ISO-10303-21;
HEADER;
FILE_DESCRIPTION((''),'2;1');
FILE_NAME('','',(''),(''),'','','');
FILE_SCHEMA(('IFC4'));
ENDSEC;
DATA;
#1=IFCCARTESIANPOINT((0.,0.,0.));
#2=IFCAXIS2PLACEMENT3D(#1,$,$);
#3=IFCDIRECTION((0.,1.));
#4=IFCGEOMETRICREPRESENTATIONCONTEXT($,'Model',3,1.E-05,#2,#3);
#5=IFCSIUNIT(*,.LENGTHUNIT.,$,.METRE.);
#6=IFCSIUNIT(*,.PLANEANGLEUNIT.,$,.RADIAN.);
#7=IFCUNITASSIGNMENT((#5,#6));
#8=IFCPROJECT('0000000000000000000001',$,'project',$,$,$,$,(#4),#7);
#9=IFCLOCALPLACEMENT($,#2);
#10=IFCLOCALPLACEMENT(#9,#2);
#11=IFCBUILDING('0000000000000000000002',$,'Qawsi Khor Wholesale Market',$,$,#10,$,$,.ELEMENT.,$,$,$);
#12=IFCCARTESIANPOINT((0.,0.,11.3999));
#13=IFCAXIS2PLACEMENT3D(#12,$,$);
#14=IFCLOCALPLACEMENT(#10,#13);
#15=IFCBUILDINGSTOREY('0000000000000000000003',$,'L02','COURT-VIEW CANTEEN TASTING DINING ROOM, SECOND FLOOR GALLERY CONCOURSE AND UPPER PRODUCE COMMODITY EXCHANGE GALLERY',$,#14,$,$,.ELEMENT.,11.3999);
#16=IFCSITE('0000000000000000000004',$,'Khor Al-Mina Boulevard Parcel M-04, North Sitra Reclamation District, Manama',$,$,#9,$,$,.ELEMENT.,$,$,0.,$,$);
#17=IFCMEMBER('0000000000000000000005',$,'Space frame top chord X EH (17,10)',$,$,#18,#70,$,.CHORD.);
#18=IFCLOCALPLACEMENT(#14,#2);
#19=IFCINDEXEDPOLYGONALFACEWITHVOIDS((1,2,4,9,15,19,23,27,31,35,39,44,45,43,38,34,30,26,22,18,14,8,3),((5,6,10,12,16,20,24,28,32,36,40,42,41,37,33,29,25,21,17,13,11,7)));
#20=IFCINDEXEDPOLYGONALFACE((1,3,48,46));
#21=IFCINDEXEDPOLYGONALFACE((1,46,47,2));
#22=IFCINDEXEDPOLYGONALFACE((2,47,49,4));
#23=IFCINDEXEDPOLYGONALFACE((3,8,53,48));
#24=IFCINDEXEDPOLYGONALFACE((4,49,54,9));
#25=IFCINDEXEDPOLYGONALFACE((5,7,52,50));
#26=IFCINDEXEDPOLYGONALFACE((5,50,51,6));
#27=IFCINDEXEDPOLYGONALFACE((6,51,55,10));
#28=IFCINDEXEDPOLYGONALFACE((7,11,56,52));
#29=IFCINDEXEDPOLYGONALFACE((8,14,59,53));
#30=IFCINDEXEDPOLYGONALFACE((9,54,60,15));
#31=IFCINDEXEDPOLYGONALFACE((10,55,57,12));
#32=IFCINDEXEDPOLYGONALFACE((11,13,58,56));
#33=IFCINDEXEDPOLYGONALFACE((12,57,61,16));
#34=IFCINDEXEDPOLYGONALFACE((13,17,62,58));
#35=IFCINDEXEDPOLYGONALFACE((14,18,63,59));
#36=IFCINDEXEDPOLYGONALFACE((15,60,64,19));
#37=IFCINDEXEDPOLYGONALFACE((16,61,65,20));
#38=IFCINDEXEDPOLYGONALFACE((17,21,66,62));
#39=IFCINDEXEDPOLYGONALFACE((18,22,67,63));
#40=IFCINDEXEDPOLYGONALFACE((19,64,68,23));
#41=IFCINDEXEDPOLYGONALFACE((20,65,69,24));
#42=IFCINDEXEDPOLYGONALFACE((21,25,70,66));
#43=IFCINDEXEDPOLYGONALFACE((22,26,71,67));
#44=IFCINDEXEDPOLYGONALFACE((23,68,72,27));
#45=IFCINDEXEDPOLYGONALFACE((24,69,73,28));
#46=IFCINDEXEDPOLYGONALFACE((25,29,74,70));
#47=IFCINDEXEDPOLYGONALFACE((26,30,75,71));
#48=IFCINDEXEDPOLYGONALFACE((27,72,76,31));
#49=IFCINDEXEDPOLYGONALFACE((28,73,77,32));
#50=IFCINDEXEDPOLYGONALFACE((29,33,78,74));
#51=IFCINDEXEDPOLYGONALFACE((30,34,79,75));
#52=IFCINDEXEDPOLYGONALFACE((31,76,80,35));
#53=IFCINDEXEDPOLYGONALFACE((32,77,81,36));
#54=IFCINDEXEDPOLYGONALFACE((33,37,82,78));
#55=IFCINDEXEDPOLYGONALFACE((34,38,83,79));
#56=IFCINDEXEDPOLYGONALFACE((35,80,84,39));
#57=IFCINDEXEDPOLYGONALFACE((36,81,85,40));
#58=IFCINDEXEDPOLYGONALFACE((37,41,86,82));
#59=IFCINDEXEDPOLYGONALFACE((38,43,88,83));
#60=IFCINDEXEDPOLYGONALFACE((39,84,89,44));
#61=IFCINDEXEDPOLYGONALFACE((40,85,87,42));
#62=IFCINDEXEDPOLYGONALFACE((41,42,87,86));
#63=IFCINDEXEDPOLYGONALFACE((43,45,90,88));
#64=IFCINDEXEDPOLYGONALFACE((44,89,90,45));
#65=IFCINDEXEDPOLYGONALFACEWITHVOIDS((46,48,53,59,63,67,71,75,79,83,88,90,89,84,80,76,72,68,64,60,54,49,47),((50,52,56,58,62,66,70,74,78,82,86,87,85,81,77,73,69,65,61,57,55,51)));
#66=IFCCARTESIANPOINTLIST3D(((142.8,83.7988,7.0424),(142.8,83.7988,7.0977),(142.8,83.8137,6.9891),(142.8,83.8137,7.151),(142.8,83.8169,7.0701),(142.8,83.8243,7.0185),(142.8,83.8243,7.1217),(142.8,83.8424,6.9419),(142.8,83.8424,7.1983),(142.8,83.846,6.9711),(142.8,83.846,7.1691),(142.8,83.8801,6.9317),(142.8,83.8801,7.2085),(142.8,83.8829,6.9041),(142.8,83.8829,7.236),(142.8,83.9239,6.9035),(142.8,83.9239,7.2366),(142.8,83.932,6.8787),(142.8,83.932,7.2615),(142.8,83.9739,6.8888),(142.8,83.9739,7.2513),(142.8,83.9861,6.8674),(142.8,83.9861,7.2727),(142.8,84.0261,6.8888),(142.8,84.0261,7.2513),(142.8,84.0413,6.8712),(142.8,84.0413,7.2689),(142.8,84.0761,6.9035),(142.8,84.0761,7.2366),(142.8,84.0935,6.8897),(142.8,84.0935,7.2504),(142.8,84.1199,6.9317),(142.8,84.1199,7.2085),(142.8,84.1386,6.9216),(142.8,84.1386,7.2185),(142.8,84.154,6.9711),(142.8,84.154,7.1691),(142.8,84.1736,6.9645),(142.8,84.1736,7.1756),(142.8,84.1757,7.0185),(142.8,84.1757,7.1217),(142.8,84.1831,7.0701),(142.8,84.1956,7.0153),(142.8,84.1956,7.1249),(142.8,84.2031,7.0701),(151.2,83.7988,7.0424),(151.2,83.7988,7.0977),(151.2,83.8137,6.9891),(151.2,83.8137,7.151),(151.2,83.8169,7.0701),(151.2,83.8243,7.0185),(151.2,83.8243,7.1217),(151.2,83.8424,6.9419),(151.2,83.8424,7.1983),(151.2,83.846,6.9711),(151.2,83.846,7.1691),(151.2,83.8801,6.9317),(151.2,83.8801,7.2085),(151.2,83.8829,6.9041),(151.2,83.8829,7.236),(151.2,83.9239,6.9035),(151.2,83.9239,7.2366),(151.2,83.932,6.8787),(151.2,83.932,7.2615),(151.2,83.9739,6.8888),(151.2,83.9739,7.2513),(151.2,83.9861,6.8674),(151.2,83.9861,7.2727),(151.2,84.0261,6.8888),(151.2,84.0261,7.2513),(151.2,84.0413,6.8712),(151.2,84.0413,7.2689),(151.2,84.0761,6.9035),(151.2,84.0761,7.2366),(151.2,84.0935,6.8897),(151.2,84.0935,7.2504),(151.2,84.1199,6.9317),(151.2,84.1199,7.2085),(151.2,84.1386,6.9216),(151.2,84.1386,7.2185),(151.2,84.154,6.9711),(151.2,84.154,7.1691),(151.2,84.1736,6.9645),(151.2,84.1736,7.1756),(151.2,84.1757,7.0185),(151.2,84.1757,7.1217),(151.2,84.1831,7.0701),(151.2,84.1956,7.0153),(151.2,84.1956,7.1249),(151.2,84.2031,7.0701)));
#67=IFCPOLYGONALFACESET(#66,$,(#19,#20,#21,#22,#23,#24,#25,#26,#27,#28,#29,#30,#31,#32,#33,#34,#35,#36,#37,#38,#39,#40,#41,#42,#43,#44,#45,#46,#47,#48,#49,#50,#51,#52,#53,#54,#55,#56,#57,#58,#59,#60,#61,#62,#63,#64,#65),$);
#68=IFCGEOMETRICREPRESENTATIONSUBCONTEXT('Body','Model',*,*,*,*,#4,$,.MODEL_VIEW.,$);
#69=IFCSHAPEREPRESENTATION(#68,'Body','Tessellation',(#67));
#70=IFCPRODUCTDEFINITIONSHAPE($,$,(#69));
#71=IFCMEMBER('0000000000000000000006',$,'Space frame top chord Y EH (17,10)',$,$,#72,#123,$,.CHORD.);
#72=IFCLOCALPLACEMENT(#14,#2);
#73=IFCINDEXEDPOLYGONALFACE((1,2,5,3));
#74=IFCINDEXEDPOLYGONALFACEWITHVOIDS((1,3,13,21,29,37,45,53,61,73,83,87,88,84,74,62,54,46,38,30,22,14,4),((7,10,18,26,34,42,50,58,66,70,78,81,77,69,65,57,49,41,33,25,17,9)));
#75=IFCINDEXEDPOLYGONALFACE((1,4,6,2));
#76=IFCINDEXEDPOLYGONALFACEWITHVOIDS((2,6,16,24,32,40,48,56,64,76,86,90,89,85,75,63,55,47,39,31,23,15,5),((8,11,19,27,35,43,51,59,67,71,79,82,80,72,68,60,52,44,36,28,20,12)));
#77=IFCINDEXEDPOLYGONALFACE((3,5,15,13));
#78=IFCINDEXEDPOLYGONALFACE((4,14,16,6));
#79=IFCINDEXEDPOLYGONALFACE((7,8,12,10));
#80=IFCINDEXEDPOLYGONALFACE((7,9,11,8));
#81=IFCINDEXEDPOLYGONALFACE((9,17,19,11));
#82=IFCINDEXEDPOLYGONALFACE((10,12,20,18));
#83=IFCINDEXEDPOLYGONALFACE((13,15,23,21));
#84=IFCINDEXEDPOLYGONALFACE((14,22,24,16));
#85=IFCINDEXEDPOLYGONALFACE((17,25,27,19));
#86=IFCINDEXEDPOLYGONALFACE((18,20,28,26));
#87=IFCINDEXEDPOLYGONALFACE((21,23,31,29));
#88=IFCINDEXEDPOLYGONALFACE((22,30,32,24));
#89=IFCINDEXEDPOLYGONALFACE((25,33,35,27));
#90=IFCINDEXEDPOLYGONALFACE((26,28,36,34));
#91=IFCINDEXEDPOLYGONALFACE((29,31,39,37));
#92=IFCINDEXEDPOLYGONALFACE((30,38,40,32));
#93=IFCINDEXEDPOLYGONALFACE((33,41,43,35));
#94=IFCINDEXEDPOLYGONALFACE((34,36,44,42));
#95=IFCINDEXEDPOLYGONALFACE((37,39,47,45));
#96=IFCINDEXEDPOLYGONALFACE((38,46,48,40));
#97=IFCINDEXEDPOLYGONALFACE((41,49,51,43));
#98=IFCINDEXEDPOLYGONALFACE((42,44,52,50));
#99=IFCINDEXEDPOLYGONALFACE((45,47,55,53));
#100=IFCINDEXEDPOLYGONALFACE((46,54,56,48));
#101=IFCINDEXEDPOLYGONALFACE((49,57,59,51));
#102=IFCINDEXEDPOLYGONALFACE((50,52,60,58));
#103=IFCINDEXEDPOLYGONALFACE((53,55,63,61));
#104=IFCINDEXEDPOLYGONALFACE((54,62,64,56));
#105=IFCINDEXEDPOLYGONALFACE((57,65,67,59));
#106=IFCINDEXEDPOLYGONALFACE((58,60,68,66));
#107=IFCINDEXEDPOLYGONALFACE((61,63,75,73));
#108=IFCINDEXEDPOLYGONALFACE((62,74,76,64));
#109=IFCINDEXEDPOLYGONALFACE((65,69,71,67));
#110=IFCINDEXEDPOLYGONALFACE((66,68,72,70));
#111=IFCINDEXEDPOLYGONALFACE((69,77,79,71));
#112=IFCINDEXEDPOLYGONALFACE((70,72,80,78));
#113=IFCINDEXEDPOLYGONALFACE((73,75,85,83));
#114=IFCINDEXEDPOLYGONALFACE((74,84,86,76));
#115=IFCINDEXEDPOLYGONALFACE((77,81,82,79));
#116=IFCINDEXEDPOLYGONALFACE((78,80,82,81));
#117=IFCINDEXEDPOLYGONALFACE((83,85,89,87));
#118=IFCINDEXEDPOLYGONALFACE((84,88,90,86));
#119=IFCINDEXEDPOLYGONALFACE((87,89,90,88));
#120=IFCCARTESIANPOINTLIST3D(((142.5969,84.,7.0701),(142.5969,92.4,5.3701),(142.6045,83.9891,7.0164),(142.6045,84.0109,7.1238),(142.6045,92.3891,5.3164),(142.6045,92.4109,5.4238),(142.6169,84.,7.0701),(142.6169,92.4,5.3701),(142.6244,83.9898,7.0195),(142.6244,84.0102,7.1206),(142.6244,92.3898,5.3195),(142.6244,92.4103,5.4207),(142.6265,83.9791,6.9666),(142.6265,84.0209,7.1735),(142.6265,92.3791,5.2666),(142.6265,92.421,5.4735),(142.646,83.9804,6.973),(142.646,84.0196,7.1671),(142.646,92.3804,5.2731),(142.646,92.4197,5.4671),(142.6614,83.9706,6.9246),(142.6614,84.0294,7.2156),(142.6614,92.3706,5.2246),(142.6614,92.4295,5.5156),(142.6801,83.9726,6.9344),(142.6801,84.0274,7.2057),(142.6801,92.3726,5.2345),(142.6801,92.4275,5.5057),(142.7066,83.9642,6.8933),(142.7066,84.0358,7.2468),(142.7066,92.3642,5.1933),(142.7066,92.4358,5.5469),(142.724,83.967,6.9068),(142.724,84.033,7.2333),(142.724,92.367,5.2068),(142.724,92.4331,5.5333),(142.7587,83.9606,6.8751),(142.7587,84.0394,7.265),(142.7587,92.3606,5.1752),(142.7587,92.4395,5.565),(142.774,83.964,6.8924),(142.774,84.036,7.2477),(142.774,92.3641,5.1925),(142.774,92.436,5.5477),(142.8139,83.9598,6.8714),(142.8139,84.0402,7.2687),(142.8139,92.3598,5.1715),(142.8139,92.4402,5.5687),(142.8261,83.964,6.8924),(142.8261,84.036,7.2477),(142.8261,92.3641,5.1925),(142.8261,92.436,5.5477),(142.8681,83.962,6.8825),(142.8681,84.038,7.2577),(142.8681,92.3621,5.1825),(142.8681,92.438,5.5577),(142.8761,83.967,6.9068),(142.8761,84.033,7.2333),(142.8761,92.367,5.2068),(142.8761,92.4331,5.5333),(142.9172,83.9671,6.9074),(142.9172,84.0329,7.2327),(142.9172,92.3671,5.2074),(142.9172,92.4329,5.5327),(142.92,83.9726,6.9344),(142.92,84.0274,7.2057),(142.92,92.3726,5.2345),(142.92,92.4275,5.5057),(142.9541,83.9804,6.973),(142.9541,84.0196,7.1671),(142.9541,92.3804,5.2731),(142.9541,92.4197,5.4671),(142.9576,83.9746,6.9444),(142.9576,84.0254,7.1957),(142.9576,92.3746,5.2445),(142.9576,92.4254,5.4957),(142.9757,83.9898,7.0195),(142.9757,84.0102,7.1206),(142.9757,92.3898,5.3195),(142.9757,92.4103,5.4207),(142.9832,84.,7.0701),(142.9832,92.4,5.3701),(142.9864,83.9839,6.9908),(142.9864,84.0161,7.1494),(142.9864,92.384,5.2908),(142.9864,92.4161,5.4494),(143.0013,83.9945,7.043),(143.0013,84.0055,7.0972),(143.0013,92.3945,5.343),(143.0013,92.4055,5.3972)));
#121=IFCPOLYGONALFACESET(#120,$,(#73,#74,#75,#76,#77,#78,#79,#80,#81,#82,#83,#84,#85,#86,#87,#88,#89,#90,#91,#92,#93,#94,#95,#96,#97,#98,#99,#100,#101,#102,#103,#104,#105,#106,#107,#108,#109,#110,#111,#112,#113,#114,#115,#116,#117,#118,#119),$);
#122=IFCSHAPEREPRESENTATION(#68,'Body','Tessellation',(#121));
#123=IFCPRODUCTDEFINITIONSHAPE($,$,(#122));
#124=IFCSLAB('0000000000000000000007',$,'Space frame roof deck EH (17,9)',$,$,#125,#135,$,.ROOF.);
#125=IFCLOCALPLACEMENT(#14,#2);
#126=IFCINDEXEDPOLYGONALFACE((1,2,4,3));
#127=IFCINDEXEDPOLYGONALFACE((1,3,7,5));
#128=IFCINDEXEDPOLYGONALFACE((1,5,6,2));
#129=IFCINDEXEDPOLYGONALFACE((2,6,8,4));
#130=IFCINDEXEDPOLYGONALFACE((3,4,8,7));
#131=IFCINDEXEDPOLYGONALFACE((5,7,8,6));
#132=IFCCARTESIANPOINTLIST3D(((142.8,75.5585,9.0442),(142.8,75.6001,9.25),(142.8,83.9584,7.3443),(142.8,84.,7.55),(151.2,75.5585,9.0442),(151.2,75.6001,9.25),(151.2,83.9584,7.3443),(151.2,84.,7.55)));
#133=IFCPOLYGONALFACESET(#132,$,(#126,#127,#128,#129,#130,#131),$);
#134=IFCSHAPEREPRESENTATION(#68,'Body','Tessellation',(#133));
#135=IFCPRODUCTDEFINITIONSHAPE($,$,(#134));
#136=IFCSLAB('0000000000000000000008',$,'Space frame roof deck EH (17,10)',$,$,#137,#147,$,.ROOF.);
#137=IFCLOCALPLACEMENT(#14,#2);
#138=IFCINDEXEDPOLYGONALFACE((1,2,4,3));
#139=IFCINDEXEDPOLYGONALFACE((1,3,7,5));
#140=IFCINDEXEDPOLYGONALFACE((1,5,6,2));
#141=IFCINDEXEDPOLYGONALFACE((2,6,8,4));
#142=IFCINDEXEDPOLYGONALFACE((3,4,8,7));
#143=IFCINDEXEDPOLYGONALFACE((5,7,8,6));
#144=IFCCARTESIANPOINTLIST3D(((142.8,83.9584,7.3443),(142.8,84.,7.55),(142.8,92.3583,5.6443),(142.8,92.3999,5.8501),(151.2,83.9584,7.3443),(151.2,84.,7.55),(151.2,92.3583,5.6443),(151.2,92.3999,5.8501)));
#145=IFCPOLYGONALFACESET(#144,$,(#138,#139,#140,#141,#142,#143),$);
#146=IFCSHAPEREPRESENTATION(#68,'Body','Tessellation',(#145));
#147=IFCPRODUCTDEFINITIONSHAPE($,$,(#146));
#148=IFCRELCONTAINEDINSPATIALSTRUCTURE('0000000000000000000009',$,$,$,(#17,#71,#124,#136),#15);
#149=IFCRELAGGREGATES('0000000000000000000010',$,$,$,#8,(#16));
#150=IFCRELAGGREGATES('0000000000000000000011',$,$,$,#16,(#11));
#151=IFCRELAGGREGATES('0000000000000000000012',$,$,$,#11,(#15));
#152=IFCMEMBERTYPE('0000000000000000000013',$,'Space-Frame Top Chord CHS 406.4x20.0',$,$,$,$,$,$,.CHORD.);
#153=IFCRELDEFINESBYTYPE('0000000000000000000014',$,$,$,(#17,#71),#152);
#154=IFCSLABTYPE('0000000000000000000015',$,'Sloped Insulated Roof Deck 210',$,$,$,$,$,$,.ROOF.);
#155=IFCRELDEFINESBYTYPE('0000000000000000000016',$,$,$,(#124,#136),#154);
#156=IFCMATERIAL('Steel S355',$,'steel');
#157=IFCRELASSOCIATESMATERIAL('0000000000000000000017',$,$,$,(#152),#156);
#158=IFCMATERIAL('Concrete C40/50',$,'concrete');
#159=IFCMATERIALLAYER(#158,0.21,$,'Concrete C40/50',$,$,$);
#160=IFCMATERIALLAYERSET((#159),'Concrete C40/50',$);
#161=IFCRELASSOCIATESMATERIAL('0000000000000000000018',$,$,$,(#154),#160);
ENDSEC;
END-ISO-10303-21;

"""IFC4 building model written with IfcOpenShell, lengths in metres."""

from ifc_helpers import new_model, si_unit, direction, frame, origin, origin_2d, place, context, subcontext, project, spatial, polyline, hollow_circle, outline, extrude, material, layer, layer_set, material_profile, profile_set, type_object, element, save


model = new_model("IFC4")

# Units and contexts
model_context = context("Model", 3, precision=1e-05, world=origin(), true_north=direction((0.0, 1.0)))
body_context = subcontext(model_context, "Body", "Model", "MODEL_VIEW")
ifc_project = project(units=[si_unit("LENGTHUNIT", "METRE"), si_unit("PLANEANGLEUNIT", "RADIAN")], contexts=[model_context])

# Site, building, storey
site_placement = place(None, origin())
site = spatial("IfcSite", under=ifc_project, at=site_placement, Name="Khor Al-Mina Boulevard Parcel M-04, North Sitra Reclamation District, Manama", CompositionType="ELEMENT", RefElevation=0.0)
building_placement = place(site_placement, origin())
building = spatial("IfcBuilding", under=site, at=building_placement, Name="Qawsi Khor Wholesale Market", CompositionType="ELEMENT")
storey_placement = place(building_placement, frame((0.0, 0.0, 11.3999)))
storey = spatial("IfcBuildingStorey", under=building, at=storey_placement, Name="L02", Description="COURT-VIEW CANTEEN TASTING DINING ROOM, SECOND FLOOR GALLERY CONCOURSE AND UPPER PRODUCE COMMODITY EXCHANGE GALLERY", CompositionType="ELEMENT", Elevation=11.3999)

# Shared definitions
ifc_material_1 = material(Name="Concrete C40/50", Category="concrete")

# Members
ifc_material_2 = material(Name="Steel S355", Category="steel")
ifc_material_profile_1 = material_profile(ifc_material_2, hollow_circle(Radius=0.2031, WallThickness=0.02, at=origin_2d()), Name="CHS 406.4x20.0")
ifc_profile_set_1 = profile_set([ifc_material_profile_1], Name="Steel S355")
member_type_1 = type_object("IfcMemberType", Name="Space-Frame Top Chord CHS 406.4x20.0", PredefinedType="CHORD", material=ifc_profile_set_1)
member_1_placement = place(storey_placement, frame((142.8, 84.0, 7.0701), z_axis=(1.0, 0.0, 0.0), x_axis=(0.0, 1.0, 0.0)))
element("IfcMember", 1, at=member_1_placement, inside=storey, type_object=member_type_1, Name="Space frame top chord X EH (17,10)", PredefinedType="CHORD", context=body_context, shape_type="SweptSolid", body=[
    extrude(hollow_circle(Radius=0.2031, WallThickness=0.02, at=origin_2d()), origin(), (0.0, 0.0, 1.0), 8.3999),
])
member_2_placement = place(storey_placement, frame((142.8, 84.0, 7.0701), z_axis=(0.0, 0.98013, -0.198356), x_axis=(-1.0, 0.0, 0.0)))
element("IfcMember", 2, at=member_2_placement, inside=storey, type_object=member_type_1, Name="Space frame top chord Y EH (17,10)", PredefinedType="CHORD", context=body_context, shape_type="SweptSolid", body=[
    extrude(hollow_circle(Radius=0.2031, WallThickness=0.02, at=origin_2d()), origin(), (0.0, 0.0, 1.0), 8.5703),
])

# Slabs
ifc_layer = layer(ifc_material_1, 0.21, Name="Concrete C40/50")
ifc_layer_set = layer_set([ifc_layer], Name="Concrete C40/50")
slab_type = type_object("IfcSlabType", Name="Sloped Insulated Roof Deck 210", PredefinedType="ROOF", material=ifc_layer_set)
for number, where, z_axis, x_axis, name in (
    (3, (142.8, 75.6001, 9.25), (0.0, 0.198356, 0.98013), (1.0, 0.0, 0.0), "Space frame roof deck EH (17,9)"),
    (4, (142.8, 84.0, 7.55), (0.0, 0.198356, 0.98013), (1.0, 0.0, 0.0), "Space frame roof deck EH (17,10)"),
):
    element("IfcSlab", number, at=place(storey_placement, frame(where, z_axis=z_axis, x_axis=x_axis)), inside=storey, type_object=slab_type, Name=name, PredefinedType="ROOF", context=body_context, shape_type="SweptSolid", body=[
        extrude(outline(polyline([(0.0, 0.0), (8.3999, 0.0), (8.3999, 8.5702), (0.0, 8.5702), (0.0, 0.0)])), origin(), (0.0, 0.0, -1.0), 0.21),
    ])

save(model, "model.ifc")
